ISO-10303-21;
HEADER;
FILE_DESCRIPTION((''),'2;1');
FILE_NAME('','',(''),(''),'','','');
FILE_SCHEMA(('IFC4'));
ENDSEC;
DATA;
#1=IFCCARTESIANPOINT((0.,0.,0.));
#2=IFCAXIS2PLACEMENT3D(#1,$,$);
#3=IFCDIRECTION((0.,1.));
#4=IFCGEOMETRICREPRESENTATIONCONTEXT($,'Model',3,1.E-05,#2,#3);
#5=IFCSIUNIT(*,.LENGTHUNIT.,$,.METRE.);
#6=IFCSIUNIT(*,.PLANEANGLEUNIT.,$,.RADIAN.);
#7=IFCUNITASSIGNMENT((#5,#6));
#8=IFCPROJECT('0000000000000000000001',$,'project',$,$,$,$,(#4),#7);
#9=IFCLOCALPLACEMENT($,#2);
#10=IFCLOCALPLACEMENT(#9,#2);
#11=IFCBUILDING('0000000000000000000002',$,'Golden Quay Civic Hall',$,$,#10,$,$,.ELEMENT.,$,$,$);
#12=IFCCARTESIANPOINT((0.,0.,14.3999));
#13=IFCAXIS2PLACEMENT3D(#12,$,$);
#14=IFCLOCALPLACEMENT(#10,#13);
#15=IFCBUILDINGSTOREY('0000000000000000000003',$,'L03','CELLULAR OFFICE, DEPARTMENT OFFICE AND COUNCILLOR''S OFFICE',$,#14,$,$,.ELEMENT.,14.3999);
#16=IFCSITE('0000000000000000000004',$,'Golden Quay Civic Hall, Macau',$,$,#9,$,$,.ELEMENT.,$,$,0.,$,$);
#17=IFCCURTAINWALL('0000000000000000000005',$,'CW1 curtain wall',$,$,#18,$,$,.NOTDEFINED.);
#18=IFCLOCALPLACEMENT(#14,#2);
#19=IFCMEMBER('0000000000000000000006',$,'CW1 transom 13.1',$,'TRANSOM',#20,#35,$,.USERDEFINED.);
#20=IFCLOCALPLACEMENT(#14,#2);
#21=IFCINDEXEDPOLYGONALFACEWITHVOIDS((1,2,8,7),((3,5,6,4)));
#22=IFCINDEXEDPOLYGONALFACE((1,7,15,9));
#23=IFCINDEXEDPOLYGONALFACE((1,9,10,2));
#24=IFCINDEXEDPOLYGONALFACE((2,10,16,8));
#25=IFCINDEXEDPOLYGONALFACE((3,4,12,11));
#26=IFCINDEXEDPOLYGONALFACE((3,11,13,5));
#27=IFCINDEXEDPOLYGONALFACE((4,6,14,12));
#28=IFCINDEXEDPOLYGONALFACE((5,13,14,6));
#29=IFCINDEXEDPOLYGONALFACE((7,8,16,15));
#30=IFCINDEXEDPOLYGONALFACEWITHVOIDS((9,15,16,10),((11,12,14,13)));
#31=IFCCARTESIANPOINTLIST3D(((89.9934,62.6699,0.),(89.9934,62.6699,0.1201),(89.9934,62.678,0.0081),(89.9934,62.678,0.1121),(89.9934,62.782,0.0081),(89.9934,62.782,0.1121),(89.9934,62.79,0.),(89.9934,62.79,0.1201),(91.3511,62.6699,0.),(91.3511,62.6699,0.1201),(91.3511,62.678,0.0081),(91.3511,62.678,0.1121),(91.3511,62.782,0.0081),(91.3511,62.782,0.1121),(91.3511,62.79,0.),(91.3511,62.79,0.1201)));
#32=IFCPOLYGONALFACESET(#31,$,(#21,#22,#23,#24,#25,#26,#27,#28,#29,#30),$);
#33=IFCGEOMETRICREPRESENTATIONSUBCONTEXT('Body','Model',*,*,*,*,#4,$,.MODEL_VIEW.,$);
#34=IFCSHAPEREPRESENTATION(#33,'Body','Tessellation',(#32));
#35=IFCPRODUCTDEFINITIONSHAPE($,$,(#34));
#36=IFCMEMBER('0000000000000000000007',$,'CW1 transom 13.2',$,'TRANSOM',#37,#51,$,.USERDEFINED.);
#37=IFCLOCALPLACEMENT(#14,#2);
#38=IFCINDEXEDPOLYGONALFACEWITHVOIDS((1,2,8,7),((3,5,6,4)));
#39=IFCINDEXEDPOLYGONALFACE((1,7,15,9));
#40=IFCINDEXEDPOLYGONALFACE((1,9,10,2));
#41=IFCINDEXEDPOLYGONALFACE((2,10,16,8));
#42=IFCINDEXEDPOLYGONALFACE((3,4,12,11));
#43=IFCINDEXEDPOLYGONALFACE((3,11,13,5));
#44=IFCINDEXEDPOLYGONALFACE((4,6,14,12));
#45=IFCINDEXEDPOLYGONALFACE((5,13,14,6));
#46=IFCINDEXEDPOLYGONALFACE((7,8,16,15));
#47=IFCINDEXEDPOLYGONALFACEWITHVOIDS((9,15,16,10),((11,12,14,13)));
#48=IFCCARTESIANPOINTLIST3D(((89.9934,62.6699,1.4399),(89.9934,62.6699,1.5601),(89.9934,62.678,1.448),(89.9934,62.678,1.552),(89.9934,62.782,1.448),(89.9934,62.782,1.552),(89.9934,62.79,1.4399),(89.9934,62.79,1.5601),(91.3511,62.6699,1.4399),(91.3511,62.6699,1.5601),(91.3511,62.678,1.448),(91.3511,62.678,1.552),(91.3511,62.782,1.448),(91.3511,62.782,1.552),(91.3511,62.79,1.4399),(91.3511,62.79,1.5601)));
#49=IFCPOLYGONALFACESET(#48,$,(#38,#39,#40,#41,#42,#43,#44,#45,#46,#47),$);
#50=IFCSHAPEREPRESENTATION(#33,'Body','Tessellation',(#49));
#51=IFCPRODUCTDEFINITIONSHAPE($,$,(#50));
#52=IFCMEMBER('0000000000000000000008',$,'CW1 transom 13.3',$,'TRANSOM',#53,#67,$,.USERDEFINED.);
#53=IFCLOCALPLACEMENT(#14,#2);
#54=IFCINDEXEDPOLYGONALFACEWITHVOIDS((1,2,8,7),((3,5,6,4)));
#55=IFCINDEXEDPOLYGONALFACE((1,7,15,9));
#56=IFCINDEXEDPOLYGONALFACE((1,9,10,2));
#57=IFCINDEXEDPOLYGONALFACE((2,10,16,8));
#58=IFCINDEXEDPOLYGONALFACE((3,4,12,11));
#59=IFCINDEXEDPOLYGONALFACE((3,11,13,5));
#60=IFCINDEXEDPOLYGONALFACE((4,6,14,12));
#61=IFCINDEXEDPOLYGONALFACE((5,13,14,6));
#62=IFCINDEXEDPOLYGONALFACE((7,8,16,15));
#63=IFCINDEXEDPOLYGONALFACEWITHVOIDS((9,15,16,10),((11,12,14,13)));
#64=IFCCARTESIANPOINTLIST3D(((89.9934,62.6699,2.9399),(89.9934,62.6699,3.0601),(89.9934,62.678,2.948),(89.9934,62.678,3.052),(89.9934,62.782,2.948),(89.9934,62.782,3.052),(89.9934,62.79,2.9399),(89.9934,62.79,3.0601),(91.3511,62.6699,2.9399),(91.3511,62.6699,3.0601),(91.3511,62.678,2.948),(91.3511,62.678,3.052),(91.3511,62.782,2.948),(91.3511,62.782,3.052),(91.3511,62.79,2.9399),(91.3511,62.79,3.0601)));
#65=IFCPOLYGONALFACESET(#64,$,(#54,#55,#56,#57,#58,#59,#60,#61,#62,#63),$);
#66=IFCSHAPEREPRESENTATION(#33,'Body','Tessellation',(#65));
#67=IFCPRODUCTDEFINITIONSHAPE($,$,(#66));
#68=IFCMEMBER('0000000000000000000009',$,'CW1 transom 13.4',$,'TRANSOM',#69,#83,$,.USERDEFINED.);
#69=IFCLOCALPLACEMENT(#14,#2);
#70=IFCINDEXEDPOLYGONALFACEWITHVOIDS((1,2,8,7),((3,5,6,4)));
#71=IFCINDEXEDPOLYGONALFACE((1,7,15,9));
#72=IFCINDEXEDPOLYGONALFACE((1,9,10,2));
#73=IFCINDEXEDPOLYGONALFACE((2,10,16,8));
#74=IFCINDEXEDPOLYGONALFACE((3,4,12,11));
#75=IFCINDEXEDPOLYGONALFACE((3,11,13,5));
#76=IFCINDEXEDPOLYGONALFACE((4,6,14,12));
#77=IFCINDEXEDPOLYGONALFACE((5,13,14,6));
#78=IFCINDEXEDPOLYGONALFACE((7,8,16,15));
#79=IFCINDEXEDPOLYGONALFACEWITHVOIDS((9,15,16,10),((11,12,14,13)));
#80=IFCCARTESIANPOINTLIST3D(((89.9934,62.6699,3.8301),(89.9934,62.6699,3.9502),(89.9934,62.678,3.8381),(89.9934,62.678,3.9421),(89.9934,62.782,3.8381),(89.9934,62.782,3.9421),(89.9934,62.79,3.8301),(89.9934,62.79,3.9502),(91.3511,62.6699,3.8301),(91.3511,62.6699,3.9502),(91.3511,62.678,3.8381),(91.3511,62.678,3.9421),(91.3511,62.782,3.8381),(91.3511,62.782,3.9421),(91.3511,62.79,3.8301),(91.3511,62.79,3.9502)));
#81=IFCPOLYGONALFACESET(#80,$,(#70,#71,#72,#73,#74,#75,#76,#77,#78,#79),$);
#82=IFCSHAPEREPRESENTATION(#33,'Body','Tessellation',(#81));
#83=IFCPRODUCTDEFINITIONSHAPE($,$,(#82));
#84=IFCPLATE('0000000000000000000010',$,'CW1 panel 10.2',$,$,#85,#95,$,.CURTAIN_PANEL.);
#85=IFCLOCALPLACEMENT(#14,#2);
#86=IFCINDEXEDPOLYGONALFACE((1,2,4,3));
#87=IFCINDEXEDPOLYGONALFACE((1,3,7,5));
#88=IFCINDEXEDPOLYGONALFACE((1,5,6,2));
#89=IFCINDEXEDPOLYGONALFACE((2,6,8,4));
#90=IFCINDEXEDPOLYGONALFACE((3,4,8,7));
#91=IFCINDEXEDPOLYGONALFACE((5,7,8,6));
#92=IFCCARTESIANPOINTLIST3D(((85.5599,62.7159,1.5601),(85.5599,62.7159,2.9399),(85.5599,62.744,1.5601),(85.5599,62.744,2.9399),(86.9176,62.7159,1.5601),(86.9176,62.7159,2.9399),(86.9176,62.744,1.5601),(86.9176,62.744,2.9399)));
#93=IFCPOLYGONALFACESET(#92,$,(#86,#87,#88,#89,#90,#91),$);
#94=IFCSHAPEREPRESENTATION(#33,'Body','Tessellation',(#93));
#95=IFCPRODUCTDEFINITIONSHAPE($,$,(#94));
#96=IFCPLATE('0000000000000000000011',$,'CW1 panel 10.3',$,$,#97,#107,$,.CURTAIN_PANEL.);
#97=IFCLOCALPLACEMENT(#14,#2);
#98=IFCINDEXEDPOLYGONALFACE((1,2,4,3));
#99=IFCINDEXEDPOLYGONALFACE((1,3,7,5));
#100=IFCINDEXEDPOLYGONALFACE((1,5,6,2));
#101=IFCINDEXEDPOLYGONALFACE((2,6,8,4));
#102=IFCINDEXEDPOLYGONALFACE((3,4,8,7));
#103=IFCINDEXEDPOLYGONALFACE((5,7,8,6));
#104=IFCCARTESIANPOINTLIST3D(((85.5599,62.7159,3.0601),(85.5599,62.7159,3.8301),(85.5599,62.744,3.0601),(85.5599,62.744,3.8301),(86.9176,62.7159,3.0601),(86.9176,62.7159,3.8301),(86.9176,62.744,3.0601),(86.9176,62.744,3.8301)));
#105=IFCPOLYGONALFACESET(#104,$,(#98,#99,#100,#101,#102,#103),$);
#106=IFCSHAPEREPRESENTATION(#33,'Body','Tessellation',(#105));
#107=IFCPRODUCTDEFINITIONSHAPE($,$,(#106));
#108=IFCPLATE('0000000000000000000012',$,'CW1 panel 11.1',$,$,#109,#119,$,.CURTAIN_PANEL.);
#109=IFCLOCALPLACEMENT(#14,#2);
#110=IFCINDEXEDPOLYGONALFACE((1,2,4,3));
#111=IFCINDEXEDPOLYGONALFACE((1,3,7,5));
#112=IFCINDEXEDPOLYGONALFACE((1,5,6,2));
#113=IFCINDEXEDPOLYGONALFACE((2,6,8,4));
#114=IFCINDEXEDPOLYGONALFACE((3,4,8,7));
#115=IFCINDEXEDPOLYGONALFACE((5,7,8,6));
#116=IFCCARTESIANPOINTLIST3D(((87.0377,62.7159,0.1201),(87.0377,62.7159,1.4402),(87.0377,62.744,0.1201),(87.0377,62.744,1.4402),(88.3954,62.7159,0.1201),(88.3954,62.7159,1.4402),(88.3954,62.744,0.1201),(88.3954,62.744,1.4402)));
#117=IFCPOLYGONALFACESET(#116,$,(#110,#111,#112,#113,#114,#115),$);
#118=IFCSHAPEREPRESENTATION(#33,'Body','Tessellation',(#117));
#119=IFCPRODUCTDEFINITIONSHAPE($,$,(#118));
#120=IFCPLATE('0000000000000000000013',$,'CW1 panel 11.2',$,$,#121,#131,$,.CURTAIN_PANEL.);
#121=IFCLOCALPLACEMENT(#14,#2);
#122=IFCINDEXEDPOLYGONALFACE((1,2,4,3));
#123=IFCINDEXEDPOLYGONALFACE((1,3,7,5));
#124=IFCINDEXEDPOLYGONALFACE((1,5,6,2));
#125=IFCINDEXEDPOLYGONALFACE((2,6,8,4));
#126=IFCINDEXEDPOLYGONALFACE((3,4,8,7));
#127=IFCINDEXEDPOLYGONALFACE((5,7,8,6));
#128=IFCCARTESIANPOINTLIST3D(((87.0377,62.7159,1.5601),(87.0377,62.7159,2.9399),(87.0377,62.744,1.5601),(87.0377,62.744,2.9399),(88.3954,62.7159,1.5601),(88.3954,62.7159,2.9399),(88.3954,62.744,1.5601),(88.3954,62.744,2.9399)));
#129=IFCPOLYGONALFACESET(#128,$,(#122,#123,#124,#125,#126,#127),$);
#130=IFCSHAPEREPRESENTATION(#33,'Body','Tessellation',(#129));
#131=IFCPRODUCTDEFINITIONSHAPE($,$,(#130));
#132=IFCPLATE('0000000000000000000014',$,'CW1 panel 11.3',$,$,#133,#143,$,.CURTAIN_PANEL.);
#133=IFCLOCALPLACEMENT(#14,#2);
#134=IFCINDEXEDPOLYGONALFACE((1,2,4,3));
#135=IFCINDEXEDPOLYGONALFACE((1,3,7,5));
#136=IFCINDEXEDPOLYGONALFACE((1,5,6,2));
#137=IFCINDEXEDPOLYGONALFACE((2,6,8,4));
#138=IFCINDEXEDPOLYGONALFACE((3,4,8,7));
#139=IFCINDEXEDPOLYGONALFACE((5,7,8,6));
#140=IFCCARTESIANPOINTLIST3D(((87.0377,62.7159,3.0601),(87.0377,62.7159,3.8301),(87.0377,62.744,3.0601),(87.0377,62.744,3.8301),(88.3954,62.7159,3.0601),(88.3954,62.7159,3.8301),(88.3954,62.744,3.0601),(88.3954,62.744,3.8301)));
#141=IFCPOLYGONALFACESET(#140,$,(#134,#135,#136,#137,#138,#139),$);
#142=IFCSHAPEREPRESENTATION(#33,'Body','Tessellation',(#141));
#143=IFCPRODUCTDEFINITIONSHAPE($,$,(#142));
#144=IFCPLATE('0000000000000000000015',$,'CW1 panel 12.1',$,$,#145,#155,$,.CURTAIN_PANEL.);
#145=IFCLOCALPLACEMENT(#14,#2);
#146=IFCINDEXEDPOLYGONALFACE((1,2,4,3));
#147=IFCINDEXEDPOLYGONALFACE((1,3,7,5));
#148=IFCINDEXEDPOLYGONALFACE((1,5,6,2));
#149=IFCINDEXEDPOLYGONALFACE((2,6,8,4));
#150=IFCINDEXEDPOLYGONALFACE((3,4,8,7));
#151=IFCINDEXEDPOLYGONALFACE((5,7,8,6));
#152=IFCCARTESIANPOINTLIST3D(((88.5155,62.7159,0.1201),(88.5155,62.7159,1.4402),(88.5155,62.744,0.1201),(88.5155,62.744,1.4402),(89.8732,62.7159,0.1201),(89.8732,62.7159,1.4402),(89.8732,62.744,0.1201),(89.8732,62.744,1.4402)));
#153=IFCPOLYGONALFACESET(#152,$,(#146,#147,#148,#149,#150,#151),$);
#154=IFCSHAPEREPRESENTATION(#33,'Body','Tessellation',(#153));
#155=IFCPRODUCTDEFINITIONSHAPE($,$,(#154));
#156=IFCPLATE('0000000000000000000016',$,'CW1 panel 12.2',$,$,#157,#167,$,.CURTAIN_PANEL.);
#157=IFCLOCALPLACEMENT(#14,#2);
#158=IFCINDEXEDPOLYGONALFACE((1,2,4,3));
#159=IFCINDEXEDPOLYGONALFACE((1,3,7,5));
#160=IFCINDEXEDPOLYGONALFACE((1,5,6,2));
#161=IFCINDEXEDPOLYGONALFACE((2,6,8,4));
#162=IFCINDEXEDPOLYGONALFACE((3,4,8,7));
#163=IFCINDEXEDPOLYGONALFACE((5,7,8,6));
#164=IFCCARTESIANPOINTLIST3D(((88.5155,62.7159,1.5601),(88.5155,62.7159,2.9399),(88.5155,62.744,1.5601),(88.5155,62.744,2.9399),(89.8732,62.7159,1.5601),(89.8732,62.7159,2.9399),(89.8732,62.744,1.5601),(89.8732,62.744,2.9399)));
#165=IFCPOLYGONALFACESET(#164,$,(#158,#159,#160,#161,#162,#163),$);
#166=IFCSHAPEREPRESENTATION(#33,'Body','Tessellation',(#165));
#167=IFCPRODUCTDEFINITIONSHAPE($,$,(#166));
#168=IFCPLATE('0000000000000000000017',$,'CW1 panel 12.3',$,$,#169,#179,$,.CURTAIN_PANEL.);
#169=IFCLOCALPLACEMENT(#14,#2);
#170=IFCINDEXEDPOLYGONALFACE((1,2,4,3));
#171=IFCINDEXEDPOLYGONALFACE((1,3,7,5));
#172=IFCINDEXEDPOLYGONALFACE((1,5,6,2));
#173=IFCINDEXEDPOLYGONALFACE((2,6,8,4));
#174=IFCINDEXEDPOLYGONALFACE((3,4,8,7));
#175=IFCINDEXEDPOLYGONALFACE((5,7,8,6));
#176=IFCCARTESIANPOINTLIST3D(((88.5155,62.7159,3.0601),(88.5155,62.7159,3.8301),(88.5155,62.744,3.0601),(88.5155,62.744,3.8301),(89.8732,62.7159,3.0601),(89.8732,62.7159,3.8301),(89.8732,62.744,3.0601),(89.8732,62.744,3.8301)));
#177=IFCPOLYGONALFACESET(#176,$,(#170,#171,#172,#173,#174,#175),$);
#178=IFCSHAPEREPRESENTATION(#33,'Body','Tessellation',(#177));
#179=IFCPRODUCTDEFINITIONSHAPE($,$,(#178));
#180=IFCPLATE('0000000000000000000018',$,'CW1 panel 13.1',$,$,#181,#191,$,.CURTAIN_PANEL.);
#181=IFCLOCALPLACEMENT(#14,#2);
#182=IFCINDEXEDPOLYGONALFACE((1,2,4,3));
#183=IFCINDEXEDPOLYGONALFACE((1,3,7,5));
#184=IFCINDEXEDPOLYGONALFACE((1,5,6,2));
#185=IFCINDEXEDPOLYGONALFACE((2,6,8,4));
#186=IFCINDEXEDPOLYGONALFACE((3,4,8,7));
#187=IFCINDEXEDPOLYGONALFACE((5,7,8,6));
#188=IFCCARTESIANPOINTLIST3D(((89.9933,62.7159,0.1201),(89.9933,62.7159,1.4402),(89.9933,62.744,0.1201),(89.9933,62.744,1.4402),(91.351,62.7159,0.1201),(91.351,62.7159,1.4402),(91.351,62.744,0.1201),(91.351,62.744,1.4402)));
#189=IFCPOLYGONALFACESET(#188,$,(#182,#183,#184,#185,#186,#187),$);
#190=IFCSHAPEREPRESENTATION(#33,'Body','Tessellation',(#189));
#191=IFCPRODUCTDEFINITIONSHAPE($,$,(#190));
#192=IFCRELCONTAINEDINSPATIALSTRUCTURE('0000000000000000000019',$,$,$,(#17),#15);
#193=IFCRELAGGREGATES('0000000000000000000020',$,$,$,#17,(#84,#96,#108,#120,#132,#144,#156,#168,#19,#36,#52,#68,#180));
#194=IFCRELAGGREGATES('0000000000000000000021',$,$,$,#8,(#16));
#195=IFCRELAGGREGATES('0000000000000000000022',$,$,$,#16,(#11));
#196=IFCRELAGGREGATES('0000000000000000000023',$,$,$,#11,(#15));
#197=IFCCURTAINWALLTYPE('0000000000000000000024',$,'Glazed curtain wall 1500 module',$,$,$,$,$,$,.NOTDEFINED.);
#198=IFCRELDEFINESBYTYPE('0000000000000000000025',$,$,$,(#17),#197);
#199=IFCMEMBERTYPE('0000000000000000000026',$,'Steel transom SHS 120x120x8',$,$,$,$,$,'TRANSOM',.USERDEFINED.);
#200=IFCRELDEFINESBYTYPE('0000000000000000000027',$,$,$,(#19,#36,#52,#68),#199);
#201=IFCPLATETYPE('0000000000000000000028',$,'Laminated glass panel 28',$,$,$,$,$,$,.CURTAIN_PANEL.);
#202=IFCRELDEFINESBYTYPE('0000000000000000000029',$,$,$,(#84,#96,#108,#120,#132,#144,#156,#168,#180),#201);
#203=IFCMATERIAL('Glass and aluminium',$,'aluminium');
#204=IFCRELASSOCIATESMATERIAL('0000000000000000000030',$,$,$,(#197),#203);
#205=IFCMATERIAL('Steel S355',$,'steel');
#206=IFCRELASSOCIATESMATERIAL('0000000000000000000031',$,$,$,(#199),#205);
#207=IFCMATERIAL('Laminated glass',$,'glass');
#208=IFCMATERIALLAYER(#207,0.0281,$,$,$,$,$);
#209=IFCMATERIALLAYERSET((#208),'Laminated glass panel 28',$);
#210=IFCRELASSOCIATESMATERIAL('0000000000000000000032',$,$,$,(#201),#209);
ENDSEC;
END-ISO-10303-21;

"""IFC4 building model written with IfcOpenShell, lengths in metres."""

from ifc_helpers import new_model, si_unit, direction, frame, origin, origin_2d, place, context, subcontext, project, spatial, rectangle, hollow_rectangle, extrude, material, layer, layer_set, material_profile, profile_set, type_object, element, aggregate, save


model = new_model("IFC4")

# Units and contexts
model_context = context("Model", 3, precision=1e-05, world=origin(), true_north=direction((0.0, 1.0)))
body_context = subcontext(model_context, "Body", "Model", "MODEL_VIEW")
ifc_project = project(units=[si_unit("LENGTHUNIT", "METRE"), si_unit("PLANEANGLEUNIT", "RADIAN")], contexts=[model_context])

# Site, building, storey
site_placement = place(None, origin())
site = spatial("IfcSite", under=ifc_project, at=site_placement, Name="Golden Quay Civic Hall, Macau", CompositionType="ELEMENT", RefElevation=0.0)
building_placement = place(site_placement, origin())
building = spatial("IfcBuilding", under=site, at=building_placement, Name="Golden Quay Civic Hall", CompositionType="ELEMENT")
storey_placement = place(building_placement, frame((0.0, 0.0, 14.3999)))
storey = spatial("IfcBuildingStorey", under=building, at=storey_placement, Name="L03", Description="CELLULAR OFFICE, DEPARTMENT OFFICE AND COUNCILLOR'S OFFICE", CompositionType="ELEMENT", Elevation=14.3999)

# Curtain wall, members, plates
ifc_material_1 = material(Name="Glass and aluminium", Category="aluminium")
curtain_wall_type = type_object("IfcCurtainWallType", Name="Glazed curtain wall 1500 module", PredefinedType="NOTDEFINED", material=ifc_material_1)
curtain_wall_placement = place(storey_placement, origin())
curtain_wall = element("IfcCurtainWall", 1, at=curtain_wall_placement, inside=storey, type_object=curtain_wall_type, Name="CW1 curtain wall", PredefinedType="NOTDEFINED")
ifc_material_2 = material(Name="Steel S355", Category="steel")
ifc_material_profile_1 = material_profile(ifc_material_2, hollow_rectangle(XDim=0.1201, YDim=0.1201, WallThickness=0.0081, at=origin_2d()), Name="SHS 120x120x8")
ifc_profile_set_1 = profile_set([ifc_material_profile_1], Name="Steel S355")
member_type_1 = type_object("IfcMemberType", Name="Steel transom SHS 120x120x8", ElementType="TRANSOM", PredefinedType="USERDEFINED", material=ifc_profile_set_1)
member_1_placement = place(storey_placement, frame((89.9934, 62.73, 0.0601), z_axis=(1.0, 0.0, 0.0), x_axis=(0.0, 1.0, 0.0)))
member_1 = element("IfcMember", 2, at=member_1_placement, type_object=member_type_1, Name="CW1 transom 13.1", ObjectType="TRANSOM", PredefinedType="USERDEFINED", context=body_context, shape_type="SweptSolid", body=[
    extrude(hollow_rectangle(XDim=0.1201, YDim=0.1201, WallThickness=0.0081, at=origin_2d()), origin(), (0.0, 0.0, 1.0), 1.3577),
])
member_2_placement = place(storey_placement, frame((89.9934, 62.73, 1.5), z_axis=(1.0, 0.0, 0.0), x_axis=(0.0, 1.0, 0.0)))
member_2 = element("IfcMember", 3, at=member_2_placement, type_object=member_type_1, Name="CW1 transom 13.2", ObjectType="TRANSOM", PredefinedType="USERDEFINED", context=body_context, shape_type="SweptSolid", body=[
    extrude(hollow_rectangle(XDim=0.1201, YDim=0.1201, WallThickness=0.0081, at=origin_2d()), origin(), (0.0, 0.0, 1.0), 1.3577),
])
member_3_placement = place(storey_placement, frame((89.9934, 62.73, 3.0), z_axis=(1.0, 0.0, 0.0), x_axis=(0.0, 1.0, 0.0)))
member_3 = element("IfcMember", 4, at=member_3_placement, type_object=member_type_1, Name="CW1 transom 13.3", ObjectType="TRANSOM", PredefinedType="USERDEFINED", context=body_context, shape_type="SweptSolid", body=[
    extrude(hollow_rectangle(XDim=0.1201, YDim=0.1201, WallThickness=0.0081, at=origin_2d()), origin(), (0.0, 0.0, 1.0), 1.3577),
])
member_4_placement = place(storey_placement, frame((89.9934, 62.73, 3.8901), z_axis=(1.0, 0.0, 0.0), x_axis=(0.0, 1.0, 0.0)))
member_4 = element("IfcMember", 5, at=member_4_placement, type_object=member_type_1, Name="CW1 transom 13.4", ObjectType="TRANSOM", PredefinedType="USERDEFINED", context=body_context, shape_type="SweptSolid", body=[
    extrude(hollow_rectangle(XDim=0.1201, YDim=0.1201, WallThickness=0.0081, at=origin_2d()), origin(), (0.0, 0.0, 1.0), 1.3577),
])
ifc_material_3 = material(Name="Laminated glass", Category="glass")
ifc_layer = layer(ifc_material_3, 0.0281)
ifc_layer_set = layer_set([ifc_layer], Name="Laminated glass panel 28")
plate_type = type_object("IfcPlateType", Name="Laminated glass panel 28", PredefinedType="CURTAIN_PANEL", material=ifc_layer_set)
plate_1_placement = place(storey_placement, frame((86.2388, 62.73, 1.5601), z_axis=(0.0, 0.0, 1.0), x_axis=(1.0, 0.0, 0.0)))
plate_1 = element("IfcPlate", 6, at=plate_1_placement, type_object=plate_type, Name="CW1 panel 10.2", PredefinedType="CURTAIN_PANEL", context=body_context, shape_type="SweptSolid", body=[
    extrude(rectangle(XDim=1.3577, YDim=0.0281, at=origin_2d()), origin(), (0.0, 0.0, 1.0), 1.3799),
])
plate_2_placement = place(storey_placement, frame((86.2388, 62.73, 3.0601), z_axis=(0.0, 0.0, 1.0), x_axis=(1.0, 0.0, 0.0)))
plate_2 = element("IfcPlate", 7, at=plate_2_placement, type_object=plate_type, Name="CW1 panel 10.3", PredefinedType="CURTAIN_PANEL", context=body_context, shape_type="SweptSolid", body=[
    extrude(rectangle(XDim=1.3577, YDim=0.0281, at=origin_2d()), origin(), (0.0, 0.0, 1.0), 0.77),
])
plate_3_placement = place(storey_placement, frame((87.7166, 62.73, 0.1201), z_axis=(0.0, 0.0, 1.0), x_axis=(1.0, 0.0, 0.0)))
plate_3 = element("IfcPlate", 8, at=plate_3_placement, type_object=plate_type, Name="CW1 panel 11.1", PredefinedType="CURTAIN_PANEL", context=body_context, shape_type="SweptSolid", body=[
    extrude(rectangle(XDim=1.3577, YDim=0.0281, at=origin_2d()), origin(), (0.0, 0.0, 1.0), 1.3201),
])
plate_4_placement = place(storey_placement, frame((87.7166, 62.73, 1.5601), z_axis=(0.0, 0.0, 1.0), x_axis=(1.0, 0.0, 0.0)))
plate_4 = element("IfcPlate", 9, at=plate_4_placement, type_object=plate_type, Name="CW1 panel 11.2", PredefinedType="CURTAIN_PANEL", context=body_context, shape_type="SweptSolid", body=[
    extrude(rectangle(XDim=1.3577, YDim=0.0281, at=origin_2d()), origin(), (0.0, 0.0, 1.0), 1.3799),
])
plate_5_placement = place(storey_placement, frame((87.7166, 62.73, 3.0601), z_axis=(0.0, 0.0, 1.0), x_axis=(1.0, 0.0, 0.0)))
plate_5 = element("IfcPlate", 10, at=plate_5_placement, type_object=plate_type, Name="CW1 panel 11.3", PredefinedType="CURTAIN_PANEL", context=body_context, shape_type="SweptSolid", body=[
    extrude(rectangle(XDim=1.3577, YDim=0.0281, at=origin_2d()), origin(), (0.0, 0.0, 1.0), 0.77),
])
plate_6_placement = place(storey_placement, frame((89.1943, 62.73, 0.1201), z_axis=(0.0, 0.0, 1.0), x_axis=(1.0, 0.0, 0.0)))
plate_6 = element("IfcPlate", 11, at=plate_6_placement, type_object=plate_type, Name="CW1 panel 12.1", PredefinedType="CURTAIN_PANEL", context=body_context, shape_type="SweptSolid", body=[
    extrude(rectangle(XDim=1.3577, YDim=0.0281, at=origin_2d()), origin(), (0.0, 0.0, 1.0), 1.3201),
])
plate_7_placement = place(storey_placement, frame((89.1943, 62.73, 1.5601), z_axis=(0.0, 0.0, 1.0), x_axis=(1.0, 0.0, 0.0)))
plate_7 = element("IfcPlate", 12, at=plate_7_placement, type_object=plate_type, Name="CW1 panel 12.2", PredefinedType="CURTAIN_PANEL", context=body_context, shape_type="SweptSolid", body=[
    extrude(rectangle(XDim=1.3577, YDim=0.0281, at=origin_2d()), origin(), (0.0, 0.0, 1.0), 1.3799),
])
plate_8_placement = place(storey_placement, frame((89.1943, 62.73, 3.0601), z_axis=(0.0, 0.0, 1.0), x_axis=(1.0, 0.0, 0.0)))
plate_8 = element("IfcPlate", 13, at=plate_8_placement, type_object=plate_type, Name="CW1 panel 12.3", PredefinedType="CURTAIN_PANEL", context=body_context, shape_type="SweptSolid", body=[
    extrude(rectangle(XDim=1.3577, YDim=0.0281, at=origin_2d()), origin(), (0.0, 0.0, 1.0), 0.77),
])
plate_9_placement = place(storey_placement, frame((90.6721, 62.73, 0.1201), z_axis=(0.0, 0.0, 1.0), x_axis=(1.0, 0.0, 0.0)))
plate_9 = element("IfcPlate", 14, at=plate_9_placement, type_object=plate_type, Name="CW1 panel 13.1", PredefinedType="CURTAIN_PANEL", context=body_context, shape_type="SweptSolid", body=[
    extrude(rectangle(XDim=1.3577, YDim=0.0281, at=origin_2d()), origin(), (0.0, 0.0, 1.0), 1.3201),
])
aggregate(curtain_wall, [plate_1, plate_2, plate_3, plate_4, plate_5, plate_6, plate_7, plate_8, member_1, member_2, member_3, member_4, plate_9])

save(model, "model.ifc")
